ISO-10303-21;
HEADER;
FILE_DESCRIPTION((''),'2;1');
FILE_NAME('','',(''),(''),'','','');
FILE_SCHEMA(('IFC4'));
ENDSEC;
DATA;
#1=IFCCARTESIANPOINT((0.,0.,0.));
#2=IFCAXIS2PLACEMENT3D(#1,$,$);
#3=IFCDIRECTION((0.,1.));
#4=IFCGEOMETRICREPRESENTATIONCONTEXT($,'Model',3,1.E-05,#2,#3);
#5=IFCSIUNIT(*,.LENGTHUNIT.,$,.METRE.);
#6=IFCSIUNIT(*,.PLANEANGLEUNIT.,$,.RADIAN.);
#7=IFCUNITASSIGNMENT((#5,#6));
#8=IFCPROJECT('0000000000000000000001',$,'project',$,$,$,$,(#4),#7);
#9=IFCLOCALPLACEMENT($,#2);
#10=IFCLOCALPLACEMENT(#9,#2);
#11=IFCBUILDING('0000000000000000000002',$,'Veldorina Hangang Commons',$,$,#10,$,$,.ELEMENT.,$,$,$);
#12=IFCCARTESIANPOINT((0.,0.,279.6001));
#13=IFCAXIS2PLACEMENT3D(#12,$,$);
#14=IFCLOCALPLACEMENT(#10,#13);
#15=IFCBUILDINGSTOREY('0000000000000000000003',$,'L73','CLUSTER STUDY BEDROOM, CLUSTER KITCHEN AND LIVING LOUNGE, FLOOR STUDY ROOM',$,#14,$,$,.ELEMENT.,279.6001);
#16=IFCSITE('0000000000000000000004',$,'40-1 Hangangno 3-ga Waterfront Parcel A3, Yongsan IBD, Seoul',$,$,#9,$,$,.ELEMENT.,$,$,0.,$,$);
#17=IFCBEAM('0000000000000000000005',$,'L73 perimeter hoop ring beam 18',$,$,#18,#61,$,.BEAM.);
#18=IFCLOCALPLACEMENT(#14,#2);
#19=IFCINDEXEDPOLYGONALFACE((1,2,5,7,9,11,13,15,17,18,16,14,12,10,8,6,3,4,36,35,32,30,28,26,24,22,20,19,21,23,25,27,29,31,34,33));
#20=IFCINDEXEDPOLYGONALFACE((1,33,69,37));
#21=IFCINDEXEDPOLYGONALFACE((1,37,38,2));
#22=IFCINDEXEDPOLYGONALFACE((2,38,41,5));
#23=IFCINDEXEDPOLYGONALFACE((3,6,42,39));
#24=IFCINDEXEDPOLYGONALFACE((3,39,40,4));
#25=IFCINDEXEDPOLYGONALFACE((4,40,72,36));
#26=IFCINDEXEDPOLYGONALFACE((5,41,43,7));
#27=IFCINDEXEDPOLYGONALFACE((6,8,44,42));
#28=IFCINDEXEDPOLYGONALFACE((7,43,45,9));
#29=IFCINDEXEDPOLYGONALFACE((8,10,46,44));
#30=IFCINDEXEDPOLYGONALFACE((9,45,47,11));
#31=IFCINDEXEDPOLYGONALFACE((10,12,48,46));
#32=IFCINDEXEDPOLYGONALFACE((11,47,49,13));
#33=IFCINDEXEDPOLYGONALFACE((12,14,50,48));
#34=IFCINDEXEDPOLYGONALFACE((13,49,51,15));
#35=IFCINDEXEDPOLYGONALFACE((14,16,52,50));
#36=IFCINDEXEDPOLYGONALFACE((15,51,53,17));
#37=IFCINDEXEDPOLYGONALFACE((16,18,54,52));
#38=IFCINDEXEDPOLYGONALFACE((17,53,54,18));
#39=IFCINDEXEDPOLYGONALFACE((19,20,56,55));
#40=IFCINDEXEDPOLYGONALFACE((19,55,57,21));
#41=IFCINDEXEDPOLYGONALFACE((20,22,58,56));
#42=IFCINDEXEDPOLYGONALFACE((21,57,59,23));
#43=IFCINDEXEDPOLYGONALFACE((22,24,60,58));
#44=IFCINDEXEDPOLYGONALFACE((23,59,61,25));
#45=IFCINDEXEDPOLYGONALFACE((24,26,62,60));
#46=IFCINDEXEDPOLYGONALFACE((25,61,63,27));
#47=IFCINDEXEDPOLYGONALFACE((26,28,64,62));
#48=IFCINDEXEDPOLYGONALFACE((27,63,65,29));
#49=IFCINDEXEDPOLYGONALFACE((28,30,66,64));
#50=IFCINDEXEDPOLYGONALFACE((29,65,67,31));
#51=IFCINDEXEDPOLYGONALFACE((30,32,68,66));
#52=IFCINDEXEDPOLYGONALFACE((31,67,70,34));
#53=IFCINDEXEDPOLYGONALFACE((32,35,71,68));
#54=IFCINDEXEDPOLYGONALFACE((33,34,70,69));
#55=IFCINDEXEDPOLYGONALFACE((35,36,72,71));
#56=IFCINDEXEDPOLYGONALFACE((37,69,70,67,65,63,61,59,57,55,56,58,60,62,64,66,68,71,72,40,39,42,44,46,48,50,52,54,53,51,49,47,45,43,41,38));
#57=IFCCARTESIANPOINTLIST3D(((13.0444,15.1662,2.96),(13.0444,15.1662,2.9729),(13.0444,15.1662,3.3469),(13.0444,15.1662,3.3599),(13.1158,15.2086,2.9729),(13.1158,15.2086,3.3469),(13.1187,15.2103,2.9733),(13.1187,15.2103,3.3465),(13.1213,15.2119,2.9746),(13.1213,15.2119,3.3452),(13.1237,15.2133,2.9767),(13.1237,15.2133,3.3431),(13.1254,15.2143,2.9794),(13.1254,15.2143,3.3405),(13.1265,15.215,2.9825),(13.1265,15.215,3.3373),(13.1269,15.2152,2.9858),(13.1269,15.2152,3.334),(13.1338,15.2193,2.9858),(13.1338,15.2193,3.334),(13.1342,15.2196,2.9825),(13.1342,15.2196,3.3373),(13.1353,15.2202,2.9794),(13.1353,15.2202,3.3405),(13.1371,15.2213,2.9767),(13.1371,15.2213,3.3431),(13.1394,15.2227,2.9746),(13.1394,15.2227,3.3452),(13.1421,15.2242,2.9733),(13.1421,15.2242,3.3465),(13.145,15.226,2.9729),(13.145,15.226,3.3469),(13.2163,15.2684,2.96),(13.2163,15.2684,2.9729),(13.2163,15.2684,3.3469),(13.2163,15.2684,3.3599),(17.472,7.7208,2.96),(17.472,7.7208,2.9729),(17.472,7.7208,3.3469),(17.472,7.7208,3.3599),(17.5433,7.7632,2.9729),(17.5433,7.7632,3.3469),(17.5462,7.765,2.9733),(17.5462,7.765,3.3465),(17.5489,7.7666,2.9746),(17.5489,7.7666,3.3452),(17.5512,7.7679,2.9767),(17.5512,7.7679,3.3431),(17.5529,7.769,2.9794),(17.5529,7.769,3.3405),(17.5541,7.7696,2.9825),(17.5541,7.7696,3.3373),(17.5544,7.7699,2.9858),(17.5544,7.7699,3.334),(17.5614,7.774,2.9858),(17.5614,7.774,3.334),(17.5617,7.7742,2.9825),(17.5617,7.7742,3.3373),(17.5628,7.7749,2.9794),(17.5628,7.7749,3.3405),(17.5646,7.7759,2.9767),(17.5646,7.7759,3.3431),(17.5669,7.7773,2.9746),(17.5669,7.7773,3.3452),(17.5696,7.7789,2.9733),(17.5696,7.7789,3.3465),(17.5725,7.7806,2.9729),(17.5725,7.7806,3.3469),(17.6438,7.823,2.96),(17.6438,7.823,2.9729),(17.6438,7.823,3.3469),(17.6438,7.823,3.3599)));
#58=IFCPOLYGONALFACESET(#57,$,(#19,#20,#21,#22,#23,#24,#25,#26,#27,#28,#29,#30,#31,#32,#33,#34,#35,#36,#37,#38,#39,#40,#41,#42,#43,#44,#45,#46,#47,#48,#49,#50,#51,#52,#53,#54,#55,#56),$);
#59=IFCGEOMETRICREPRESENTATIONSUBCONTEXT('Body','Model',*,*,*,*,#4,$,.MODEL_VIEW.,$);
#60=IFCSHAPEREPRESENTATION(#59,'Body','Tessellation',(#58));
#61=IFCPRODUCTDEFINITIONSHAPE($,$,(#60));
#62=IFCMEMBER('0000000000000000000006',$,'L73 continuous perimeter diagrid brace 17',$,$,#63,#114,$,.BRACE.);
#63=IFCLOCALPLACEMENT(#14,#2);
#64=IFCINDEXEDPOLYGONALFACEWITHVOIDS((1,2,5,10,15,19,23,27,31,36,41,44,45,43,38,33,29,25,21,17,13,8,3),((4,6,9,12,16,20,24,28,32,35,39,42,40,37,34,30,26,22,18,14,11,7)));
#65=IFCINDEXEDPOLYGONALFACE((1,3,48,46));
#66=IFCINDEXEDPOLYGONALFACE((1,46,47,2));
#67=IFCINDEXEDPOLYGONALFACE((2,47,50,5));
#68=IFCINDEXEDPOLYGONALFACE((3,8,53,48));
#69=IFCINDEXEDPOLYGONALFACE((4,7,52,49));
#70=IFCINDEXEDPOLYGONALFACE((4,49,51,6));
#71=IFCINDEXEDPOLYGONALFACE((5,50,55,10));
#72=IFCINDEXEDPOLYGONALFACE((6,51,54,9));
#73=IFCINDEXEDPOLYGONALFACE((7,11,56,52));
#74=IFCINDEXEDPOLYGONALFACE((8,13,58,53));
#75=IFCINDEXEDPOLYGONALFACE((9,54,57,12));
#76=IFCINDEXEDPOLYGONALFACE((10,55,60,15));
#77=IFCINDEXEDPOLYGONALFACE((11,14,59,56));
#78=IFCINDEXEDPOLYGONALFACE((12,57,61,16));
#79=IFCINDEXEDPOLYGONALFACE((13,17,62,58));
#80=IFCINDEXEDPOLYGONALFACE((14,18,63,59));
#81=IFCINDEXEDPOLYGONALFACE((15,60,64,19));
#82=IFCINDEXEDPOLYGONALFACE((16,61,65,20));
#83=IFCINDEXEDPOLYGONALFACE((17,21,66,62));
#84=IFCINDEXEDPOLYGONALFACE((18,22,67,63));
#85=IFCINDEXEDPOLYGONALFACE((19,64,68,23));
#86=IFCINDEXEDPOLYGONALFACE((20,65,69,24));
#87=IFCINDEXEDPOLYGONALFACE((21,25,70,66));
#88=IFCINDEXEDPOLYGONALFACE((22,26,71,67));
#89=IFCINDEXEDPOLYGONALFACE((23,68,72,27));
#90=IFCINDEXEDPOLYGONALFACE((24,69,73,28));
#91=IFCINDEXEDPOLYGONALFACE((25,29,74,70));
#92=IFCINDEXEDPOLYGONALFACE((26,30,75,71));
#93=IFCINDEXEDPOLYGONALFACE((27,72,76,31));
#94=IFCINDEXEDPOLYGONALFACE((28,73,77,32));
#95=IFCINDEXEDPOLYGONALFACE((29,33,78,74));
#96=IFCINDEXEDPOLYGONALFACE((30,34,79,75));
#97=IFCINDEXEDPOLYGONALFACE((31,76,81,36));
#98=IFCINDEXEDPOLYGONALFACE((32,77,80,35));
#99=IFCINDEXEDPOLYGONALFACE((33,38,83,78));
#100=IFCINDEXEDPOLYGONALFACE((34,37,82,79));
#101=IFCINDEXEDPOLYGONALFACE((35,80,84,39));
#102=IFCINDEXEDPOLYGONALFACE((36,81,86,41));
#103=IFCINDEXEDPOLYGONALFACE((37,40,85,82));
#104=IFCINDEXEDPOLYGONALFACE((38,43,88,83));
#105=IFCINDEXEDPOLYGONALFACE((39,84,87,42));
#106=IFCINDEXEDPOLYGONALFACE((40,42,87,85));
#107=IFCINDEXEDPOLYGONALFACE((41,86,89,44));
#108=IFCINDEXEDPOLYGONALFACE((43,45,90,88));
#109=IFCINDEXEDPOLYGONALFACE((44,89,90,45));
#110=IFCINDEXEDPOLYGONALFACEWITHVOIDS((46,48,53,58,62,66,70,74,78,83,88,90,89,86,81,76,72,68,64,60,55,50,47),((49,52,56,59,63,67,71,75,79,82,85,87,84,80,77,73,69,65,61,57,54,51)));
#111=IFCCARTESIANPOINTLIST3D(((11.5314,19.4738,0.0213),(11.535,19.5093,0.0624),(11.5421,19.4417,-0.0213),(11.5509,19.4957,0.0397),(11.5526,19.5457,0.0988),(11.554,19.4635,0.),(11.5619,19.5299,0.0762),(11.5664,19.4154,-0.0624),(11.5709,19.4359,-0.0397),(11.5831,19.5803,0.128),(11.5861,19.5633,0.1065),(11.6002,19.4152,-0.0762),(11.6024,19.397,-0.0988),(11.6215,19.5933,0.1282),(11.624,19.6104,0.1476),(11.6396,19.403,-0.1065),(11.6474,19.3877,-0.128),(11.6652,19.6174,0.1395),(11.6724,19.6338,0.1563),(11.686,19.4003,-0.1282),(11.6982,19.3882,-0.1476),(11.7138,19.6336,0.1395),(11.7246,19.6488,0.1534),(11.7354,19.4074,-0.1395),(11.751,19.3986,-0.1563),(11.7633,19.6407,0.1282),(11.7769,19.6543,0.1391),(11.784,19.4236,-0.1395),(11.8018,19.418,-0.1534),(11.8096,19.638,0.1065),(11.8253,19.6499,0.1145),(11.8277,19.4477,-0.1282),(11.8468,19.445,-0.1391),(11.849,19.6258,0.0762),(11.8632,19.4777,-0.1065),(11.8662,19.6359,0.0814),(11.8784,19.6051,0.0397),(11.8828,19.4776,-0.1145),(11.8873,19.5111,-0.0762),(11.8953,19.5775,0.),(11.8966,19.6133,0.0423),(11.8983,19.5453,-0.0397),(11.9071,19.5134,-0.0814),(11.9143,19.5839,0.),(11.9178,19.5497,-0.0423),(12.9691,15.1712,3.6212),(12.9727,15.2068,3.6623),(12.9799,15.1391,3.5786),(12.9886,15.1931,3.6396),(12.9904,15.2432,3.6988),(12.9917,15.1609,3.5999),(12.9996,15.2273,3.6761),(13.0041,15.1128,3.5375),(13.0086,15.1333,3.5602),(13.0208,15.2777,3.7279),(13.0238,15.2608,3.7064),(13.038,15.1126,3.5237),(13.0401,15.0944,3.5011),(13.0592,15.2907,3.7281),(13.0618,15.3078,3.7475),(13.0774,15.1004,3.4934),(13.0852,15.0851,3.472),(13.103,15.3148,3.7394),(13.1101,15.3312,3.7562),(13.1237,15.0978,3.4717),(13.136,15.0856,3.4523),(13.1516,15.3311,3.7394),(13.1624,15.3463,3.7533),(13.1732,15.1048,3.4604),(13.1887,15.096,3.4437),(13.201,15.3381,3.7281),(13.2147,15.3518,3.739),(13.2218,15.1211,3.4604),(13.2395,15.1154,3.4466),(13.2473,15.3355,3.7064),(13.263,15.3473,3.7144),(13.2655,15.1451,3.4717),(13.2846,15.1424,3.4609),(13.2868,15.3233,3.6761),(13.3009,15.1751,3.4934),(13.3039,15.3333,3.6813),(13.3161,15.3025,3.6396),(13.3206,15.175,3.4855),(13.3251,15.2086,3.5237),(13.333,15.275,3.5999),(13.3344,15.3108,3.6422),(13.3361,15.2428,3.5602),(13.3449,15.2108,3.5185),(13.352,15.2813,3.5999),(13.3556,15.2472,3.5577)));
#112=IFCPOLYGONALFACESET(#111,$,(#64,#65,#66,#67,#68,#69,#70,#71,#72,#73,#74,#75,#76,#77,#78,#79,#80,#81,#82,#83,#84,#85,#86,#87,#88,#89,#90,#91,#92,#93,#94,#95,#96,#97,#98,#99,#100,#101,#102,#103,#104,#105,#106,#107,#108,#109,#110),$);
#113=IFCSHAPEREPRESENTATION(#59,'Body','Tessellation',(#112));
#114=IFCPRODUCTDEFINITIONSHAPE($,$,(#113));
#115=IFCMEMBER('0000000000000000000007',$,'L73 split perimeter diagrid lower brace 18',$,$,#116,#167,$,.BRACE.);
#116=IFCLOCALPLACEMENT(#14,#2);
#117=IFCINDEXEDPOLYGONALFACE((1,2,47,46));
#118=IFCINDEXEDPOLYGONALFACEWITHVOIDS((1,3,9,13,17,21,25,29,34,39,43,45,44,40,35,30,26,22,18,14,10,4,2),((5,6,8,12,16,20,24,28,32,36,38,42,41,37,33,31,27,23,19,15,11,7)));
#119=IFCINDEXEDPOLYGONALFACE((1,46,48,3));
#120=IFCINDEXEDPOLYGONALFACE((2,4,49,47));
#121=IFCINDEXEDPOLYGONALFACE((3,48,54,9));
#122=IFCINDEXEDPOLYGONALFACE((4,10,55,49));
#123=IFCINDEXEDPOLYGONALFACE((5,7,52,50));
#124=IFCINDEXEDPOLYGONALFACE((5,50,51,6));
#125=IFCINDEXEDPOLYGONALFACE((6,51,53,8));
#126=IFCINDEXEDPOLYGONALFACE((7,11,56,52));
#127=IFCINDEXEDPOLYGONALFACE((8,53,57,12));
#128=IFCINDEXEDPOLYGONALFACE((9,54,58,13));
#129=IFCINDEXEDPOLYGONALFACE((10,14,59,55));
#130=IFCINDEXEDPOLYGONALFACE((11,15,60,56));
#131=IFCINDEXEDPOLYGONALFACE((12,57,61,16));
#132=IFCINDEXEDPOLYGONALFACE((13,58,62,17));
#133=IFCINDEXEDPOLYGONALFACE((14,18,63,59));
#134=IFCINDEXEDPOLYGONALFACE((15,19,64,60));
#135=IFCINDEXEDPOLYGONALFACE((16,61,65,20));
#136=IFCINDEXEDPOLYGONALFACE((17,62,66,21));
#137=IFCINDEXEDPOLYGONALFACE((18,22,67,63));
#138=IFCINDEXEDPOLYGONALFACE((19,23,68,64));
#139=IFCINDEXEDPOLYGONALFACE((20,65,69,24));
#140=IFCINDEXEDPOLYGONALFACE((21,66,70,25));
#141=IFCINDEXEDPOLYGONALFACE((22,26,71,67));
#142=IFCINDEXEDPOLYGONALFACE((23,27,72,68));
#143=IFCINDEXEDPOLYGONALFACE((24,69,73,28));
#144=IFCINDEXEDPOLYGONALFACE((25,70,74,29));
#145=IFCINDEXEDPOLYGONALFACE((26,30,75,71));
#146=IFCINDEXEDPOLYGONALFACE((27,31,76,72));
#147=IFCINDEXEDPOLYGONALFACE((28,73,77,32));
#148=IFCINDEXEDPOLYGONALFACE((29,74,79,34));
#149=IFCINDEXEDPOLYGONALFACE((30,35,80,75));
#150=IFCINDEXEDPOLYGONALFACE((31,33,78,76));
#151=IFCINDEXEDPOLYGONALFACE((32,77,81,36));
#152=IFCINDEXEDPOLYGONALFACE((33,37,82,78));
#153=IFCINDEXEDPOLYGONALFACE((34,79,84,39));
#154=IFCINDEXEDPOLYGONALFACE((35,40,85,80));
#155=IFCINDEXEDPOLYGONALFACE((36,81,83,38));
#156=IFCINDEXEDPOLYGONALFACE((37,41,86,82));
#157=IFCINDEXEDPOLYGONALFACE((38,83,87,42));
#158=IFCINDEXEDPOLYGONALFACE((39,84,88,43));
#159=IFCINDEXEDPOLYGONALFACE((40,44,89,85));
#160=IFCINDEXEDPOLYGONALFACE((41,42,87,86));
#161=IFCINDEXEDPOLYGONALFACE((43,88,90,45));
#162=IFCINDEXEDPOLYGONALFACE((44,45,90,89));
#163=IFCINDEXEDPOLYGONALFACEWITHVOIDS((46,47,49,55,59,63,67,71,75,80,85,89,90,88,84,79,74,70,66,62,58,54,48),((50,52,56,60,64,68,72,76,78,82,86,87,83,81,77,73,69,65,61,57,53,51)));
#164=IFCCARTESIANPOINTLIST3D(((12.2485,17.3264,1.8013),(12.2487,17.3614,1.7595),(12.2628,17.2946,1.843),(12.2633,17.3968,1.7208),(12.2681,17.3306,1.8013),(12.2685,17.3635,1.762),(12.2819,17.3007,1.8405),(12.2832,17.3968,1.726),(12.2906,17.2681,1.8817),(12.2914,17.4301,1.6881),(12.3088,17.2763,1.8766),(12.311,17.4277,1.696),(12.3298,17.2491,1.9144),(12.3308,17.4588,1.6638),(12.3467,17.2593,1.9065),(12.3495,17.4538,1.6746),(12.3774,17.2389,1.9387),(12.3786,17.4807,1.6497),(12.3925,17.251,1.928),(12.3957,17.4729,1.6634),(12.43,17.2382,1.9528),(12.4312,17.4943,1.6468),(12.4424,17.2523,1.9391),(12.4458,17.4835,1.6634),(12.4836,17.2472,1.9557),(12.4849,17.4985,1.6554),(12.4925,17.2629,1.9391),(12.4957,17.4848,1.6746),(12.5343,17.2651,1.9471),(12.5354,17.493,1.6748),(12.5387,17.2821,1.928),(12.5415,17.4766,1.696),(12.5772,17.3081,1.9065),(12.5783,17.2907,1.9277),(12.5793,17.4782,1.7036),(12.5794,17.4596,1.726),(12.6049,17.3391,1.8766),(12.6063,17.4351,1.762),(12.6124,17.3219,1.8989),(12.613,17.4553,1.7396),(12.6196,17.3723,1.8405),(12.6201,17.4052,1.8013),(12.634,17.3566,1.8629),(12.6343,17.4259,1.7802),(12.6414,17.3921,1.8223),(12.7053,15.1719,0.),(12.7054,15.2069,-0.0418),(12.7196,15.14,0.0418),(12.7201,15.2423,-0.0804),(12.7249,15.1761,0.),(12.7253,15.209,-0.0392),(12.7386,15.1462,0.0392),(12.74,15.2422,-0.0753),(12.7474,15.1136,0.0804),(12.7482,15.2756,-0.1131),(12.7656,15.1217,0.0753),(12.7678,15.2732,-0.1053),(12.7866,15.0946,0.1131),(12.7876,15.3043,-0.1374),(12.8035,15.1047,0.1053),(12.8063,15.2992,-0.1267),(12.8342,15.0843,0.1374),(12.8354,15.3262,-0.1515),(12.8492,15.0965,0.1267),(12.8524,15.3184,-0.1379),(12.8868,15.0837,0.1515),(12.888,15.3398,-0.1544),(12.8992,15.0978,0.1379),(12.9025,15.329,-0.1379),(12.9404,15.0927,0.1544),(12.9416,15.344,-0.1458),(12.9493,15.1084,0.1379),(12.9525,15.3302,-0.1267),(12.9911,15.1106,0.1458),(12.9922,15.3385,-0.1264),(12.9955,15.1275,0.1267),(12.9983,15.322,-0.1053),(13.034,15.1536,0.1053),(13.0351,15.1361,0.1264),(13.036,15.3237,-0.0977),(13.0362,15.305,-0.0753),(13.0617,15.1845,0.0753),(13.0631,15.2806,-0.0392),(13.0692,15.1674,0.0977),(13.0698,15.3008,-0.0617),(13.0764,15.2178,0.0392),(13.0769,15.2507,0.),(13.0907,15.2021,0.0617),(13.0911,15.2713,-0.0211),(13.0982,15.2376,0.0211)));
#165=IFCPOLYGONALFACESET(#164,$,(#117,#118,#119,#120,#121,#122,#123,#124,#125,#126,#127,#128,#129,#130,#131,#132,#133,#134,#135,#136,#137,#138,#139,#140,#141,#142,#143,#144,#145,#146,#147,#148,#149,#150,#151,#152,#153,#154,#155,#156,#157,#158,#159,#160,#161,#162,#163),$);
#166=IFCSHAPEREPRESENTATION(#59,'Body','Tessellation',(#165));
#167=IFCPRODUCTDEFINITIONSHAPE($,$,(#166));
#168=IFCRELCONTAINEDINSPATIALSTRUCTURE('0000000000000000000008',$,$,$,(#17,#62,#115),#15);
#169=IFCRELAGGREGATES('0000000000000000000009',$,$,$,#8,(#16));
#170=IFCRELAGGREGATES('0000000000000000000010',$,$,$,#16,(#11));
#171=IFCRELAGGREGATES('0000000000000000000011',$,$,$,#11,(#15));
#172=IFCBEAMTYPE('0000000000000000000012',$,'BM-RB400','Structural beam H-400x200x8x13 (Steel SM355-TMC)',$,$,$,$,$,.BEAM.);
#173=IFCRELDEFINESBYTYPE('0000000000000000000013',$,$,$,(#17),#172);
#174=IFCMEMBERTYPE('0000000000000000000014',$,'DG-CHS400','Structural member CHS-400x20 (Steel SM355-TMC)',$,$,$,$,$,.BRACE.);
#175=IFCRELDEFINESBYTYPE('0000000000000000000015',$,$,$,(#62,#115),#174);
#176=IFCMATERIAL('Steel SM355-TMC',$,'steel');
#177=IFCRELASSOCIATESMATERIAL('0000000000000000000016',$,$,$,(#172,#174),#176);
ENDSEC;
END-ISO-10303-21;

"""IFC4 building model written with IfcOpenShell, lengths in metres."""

from ifc_helpers import new_model, si_unit, direction, frame, origin, origin_2d, place, context, subcontext, project, spatial, hollow_circle, i_section, extrude, material, material_profile, profile_set, type_object, element, save


model = new_model("IFC4")

# Units and contexts
model_context = context("Model", 3, precision=1e-05, world=origin(), true_north=direction((0.0, 1.0)))
body_context = subcontext(model_context, "Body", "Model", "MODEL_VIEW")
ifc_project = project(units=[si_unit("LENGTHUNIT", "METRE"), si_unit("PLANEANGLEUNIT", "RADIAN")], contexts=[model_context])

# Site, building, storey
site_placement = place(None, origin())
site = spatial("IfcSite", under=ifc_project, at=site_placement, Name="40-1 Hangangno 3-ga Waterfront Parcel A3, Yongsan IBD, Seoul", CompositionType="ELEMENT", RefElevation=0.0)
building_placement = place(site_placement, origin())
building = spatial("IfcBuilding", under=site, at=building_placement, Name="Veldorina Hangang Commons", CompositionType="ELEMENT")
storey_placement = place(building_placement, frame((0.0, 0.0, 279.6001)))
storey = spatial("IfcBuildingStorey", under=building, at=storey_placement, Name="L73", Description="CLUSTER STUDY BEDROOM, CLUSTER KITCHEN AND LIVING LOUNGE, FLOOR STUDY ROOM", CompositionType="ELEMENT", Elevation=279.6001)

# Beam
ifc_material_1 = material(Name="Steel SM355-TMC", Category="steel")
ifc_material_profile_1 = material_profile(ifc_material_1, i_section(OverallWidth=0.2, OverallDepth=0.3999, WebThickness=0.0081, FlangeThickness=0.0129, FilletRadius=0.0129, at=origin_2d()), Name="H-400x200x8x13")
ifc_profile_set_1 = profile_set([ifc_material_profile_1], Name="Steel SM355-TMC")
beam_type = type_object("IfcBeamType", Name="BM-RB400", Description="Structural beam H-400x200x8x13 (Steel SM355-TMC)", PredefinedType="BEAM", material=ifc_profile_set_1)
beam_placement = place(storey_placement, frame((13.1304, 15.2173, 3.1599), z_axis=(0.511122, -0.859508, 0.0), x_axis=(0.859508, 0.511122, 0.0)))
element("IfcBeam", 1, at=beam_placement, inside=storey, type_object=beam_type, Name="L73 perimeter hoop ring beam 18", PredefinedType="BEAM", context=body_context, shape_type="SweptSolid", body=[
    extrude(i_section(OverallWidth=0.2, OverallDepth=0.3999, WebThickness=0.0081, FlangeThickness=0.0129, FilletRadius=0.0129, at=origin_2d()), origin(), (0.0, 0.0, 1.0), 8.6624),
])

# Members
ifc_material_profile_2 = material_profile(ifc_material_1, hollow_circle(Radius=0.2, WallThickness=0.02, at=origin_2d()), Name="CHS-400x20")
ifc_profile_set_2 = profile_set([ifc_material_profile_2], Name="Steel SM355-TMC")
member_type_1 = type_object("IfcMemberType", Name="DG-CHS400", Description="Structural member CHS-400x20 (Steel SM355-TMC)", PredefinedType="BRACE", material=ifc_profile_set_2)
member_1_placement = place(storey_placement, frame((11.7246, 19.5205, 0.0), z_axis=(0.248266, -0.742942, 0.621612), x_axis=(0.948446, 0.316938, 0.0)))
element("IfcMember", 2, at=member_1_placement, inside=storey, type_object=member_type_1, Name="L73 continuous perimeter diagrid brace 17", PredefinedType="BRACE", context=body_context, shape_type="SweptSolid", body=[
    extrude(hollow_circle(Radius=0.2, WallThickness=0.02, at=origin_2d()), origin(), (0.0, 0.0, 1.0), 5.7913),
])
member_2_placement = place(storey_placement, frame((12.9009, 15.2134, 0.0), z_axis=(-0.160545, 0.75725, 0.633086), x_axis=(-0.978256, -0.207401, 0.0)))
element("IfcMember", 3, at=member_2_placement, inside=storey, type_object=member_type_1, Name="L73 split perimeter diagrid lower brace 18", PredefinedType="BRACE", context=body_context, shape_type="SweptSolid", body=[
    extrude(hollow_circle(Radius=0.2, WallThickness=0.02, at=origin_2d()), origin(), (0.0, 0.0, 1.0), 2.8452),
])

save(model, "model.ifc")
